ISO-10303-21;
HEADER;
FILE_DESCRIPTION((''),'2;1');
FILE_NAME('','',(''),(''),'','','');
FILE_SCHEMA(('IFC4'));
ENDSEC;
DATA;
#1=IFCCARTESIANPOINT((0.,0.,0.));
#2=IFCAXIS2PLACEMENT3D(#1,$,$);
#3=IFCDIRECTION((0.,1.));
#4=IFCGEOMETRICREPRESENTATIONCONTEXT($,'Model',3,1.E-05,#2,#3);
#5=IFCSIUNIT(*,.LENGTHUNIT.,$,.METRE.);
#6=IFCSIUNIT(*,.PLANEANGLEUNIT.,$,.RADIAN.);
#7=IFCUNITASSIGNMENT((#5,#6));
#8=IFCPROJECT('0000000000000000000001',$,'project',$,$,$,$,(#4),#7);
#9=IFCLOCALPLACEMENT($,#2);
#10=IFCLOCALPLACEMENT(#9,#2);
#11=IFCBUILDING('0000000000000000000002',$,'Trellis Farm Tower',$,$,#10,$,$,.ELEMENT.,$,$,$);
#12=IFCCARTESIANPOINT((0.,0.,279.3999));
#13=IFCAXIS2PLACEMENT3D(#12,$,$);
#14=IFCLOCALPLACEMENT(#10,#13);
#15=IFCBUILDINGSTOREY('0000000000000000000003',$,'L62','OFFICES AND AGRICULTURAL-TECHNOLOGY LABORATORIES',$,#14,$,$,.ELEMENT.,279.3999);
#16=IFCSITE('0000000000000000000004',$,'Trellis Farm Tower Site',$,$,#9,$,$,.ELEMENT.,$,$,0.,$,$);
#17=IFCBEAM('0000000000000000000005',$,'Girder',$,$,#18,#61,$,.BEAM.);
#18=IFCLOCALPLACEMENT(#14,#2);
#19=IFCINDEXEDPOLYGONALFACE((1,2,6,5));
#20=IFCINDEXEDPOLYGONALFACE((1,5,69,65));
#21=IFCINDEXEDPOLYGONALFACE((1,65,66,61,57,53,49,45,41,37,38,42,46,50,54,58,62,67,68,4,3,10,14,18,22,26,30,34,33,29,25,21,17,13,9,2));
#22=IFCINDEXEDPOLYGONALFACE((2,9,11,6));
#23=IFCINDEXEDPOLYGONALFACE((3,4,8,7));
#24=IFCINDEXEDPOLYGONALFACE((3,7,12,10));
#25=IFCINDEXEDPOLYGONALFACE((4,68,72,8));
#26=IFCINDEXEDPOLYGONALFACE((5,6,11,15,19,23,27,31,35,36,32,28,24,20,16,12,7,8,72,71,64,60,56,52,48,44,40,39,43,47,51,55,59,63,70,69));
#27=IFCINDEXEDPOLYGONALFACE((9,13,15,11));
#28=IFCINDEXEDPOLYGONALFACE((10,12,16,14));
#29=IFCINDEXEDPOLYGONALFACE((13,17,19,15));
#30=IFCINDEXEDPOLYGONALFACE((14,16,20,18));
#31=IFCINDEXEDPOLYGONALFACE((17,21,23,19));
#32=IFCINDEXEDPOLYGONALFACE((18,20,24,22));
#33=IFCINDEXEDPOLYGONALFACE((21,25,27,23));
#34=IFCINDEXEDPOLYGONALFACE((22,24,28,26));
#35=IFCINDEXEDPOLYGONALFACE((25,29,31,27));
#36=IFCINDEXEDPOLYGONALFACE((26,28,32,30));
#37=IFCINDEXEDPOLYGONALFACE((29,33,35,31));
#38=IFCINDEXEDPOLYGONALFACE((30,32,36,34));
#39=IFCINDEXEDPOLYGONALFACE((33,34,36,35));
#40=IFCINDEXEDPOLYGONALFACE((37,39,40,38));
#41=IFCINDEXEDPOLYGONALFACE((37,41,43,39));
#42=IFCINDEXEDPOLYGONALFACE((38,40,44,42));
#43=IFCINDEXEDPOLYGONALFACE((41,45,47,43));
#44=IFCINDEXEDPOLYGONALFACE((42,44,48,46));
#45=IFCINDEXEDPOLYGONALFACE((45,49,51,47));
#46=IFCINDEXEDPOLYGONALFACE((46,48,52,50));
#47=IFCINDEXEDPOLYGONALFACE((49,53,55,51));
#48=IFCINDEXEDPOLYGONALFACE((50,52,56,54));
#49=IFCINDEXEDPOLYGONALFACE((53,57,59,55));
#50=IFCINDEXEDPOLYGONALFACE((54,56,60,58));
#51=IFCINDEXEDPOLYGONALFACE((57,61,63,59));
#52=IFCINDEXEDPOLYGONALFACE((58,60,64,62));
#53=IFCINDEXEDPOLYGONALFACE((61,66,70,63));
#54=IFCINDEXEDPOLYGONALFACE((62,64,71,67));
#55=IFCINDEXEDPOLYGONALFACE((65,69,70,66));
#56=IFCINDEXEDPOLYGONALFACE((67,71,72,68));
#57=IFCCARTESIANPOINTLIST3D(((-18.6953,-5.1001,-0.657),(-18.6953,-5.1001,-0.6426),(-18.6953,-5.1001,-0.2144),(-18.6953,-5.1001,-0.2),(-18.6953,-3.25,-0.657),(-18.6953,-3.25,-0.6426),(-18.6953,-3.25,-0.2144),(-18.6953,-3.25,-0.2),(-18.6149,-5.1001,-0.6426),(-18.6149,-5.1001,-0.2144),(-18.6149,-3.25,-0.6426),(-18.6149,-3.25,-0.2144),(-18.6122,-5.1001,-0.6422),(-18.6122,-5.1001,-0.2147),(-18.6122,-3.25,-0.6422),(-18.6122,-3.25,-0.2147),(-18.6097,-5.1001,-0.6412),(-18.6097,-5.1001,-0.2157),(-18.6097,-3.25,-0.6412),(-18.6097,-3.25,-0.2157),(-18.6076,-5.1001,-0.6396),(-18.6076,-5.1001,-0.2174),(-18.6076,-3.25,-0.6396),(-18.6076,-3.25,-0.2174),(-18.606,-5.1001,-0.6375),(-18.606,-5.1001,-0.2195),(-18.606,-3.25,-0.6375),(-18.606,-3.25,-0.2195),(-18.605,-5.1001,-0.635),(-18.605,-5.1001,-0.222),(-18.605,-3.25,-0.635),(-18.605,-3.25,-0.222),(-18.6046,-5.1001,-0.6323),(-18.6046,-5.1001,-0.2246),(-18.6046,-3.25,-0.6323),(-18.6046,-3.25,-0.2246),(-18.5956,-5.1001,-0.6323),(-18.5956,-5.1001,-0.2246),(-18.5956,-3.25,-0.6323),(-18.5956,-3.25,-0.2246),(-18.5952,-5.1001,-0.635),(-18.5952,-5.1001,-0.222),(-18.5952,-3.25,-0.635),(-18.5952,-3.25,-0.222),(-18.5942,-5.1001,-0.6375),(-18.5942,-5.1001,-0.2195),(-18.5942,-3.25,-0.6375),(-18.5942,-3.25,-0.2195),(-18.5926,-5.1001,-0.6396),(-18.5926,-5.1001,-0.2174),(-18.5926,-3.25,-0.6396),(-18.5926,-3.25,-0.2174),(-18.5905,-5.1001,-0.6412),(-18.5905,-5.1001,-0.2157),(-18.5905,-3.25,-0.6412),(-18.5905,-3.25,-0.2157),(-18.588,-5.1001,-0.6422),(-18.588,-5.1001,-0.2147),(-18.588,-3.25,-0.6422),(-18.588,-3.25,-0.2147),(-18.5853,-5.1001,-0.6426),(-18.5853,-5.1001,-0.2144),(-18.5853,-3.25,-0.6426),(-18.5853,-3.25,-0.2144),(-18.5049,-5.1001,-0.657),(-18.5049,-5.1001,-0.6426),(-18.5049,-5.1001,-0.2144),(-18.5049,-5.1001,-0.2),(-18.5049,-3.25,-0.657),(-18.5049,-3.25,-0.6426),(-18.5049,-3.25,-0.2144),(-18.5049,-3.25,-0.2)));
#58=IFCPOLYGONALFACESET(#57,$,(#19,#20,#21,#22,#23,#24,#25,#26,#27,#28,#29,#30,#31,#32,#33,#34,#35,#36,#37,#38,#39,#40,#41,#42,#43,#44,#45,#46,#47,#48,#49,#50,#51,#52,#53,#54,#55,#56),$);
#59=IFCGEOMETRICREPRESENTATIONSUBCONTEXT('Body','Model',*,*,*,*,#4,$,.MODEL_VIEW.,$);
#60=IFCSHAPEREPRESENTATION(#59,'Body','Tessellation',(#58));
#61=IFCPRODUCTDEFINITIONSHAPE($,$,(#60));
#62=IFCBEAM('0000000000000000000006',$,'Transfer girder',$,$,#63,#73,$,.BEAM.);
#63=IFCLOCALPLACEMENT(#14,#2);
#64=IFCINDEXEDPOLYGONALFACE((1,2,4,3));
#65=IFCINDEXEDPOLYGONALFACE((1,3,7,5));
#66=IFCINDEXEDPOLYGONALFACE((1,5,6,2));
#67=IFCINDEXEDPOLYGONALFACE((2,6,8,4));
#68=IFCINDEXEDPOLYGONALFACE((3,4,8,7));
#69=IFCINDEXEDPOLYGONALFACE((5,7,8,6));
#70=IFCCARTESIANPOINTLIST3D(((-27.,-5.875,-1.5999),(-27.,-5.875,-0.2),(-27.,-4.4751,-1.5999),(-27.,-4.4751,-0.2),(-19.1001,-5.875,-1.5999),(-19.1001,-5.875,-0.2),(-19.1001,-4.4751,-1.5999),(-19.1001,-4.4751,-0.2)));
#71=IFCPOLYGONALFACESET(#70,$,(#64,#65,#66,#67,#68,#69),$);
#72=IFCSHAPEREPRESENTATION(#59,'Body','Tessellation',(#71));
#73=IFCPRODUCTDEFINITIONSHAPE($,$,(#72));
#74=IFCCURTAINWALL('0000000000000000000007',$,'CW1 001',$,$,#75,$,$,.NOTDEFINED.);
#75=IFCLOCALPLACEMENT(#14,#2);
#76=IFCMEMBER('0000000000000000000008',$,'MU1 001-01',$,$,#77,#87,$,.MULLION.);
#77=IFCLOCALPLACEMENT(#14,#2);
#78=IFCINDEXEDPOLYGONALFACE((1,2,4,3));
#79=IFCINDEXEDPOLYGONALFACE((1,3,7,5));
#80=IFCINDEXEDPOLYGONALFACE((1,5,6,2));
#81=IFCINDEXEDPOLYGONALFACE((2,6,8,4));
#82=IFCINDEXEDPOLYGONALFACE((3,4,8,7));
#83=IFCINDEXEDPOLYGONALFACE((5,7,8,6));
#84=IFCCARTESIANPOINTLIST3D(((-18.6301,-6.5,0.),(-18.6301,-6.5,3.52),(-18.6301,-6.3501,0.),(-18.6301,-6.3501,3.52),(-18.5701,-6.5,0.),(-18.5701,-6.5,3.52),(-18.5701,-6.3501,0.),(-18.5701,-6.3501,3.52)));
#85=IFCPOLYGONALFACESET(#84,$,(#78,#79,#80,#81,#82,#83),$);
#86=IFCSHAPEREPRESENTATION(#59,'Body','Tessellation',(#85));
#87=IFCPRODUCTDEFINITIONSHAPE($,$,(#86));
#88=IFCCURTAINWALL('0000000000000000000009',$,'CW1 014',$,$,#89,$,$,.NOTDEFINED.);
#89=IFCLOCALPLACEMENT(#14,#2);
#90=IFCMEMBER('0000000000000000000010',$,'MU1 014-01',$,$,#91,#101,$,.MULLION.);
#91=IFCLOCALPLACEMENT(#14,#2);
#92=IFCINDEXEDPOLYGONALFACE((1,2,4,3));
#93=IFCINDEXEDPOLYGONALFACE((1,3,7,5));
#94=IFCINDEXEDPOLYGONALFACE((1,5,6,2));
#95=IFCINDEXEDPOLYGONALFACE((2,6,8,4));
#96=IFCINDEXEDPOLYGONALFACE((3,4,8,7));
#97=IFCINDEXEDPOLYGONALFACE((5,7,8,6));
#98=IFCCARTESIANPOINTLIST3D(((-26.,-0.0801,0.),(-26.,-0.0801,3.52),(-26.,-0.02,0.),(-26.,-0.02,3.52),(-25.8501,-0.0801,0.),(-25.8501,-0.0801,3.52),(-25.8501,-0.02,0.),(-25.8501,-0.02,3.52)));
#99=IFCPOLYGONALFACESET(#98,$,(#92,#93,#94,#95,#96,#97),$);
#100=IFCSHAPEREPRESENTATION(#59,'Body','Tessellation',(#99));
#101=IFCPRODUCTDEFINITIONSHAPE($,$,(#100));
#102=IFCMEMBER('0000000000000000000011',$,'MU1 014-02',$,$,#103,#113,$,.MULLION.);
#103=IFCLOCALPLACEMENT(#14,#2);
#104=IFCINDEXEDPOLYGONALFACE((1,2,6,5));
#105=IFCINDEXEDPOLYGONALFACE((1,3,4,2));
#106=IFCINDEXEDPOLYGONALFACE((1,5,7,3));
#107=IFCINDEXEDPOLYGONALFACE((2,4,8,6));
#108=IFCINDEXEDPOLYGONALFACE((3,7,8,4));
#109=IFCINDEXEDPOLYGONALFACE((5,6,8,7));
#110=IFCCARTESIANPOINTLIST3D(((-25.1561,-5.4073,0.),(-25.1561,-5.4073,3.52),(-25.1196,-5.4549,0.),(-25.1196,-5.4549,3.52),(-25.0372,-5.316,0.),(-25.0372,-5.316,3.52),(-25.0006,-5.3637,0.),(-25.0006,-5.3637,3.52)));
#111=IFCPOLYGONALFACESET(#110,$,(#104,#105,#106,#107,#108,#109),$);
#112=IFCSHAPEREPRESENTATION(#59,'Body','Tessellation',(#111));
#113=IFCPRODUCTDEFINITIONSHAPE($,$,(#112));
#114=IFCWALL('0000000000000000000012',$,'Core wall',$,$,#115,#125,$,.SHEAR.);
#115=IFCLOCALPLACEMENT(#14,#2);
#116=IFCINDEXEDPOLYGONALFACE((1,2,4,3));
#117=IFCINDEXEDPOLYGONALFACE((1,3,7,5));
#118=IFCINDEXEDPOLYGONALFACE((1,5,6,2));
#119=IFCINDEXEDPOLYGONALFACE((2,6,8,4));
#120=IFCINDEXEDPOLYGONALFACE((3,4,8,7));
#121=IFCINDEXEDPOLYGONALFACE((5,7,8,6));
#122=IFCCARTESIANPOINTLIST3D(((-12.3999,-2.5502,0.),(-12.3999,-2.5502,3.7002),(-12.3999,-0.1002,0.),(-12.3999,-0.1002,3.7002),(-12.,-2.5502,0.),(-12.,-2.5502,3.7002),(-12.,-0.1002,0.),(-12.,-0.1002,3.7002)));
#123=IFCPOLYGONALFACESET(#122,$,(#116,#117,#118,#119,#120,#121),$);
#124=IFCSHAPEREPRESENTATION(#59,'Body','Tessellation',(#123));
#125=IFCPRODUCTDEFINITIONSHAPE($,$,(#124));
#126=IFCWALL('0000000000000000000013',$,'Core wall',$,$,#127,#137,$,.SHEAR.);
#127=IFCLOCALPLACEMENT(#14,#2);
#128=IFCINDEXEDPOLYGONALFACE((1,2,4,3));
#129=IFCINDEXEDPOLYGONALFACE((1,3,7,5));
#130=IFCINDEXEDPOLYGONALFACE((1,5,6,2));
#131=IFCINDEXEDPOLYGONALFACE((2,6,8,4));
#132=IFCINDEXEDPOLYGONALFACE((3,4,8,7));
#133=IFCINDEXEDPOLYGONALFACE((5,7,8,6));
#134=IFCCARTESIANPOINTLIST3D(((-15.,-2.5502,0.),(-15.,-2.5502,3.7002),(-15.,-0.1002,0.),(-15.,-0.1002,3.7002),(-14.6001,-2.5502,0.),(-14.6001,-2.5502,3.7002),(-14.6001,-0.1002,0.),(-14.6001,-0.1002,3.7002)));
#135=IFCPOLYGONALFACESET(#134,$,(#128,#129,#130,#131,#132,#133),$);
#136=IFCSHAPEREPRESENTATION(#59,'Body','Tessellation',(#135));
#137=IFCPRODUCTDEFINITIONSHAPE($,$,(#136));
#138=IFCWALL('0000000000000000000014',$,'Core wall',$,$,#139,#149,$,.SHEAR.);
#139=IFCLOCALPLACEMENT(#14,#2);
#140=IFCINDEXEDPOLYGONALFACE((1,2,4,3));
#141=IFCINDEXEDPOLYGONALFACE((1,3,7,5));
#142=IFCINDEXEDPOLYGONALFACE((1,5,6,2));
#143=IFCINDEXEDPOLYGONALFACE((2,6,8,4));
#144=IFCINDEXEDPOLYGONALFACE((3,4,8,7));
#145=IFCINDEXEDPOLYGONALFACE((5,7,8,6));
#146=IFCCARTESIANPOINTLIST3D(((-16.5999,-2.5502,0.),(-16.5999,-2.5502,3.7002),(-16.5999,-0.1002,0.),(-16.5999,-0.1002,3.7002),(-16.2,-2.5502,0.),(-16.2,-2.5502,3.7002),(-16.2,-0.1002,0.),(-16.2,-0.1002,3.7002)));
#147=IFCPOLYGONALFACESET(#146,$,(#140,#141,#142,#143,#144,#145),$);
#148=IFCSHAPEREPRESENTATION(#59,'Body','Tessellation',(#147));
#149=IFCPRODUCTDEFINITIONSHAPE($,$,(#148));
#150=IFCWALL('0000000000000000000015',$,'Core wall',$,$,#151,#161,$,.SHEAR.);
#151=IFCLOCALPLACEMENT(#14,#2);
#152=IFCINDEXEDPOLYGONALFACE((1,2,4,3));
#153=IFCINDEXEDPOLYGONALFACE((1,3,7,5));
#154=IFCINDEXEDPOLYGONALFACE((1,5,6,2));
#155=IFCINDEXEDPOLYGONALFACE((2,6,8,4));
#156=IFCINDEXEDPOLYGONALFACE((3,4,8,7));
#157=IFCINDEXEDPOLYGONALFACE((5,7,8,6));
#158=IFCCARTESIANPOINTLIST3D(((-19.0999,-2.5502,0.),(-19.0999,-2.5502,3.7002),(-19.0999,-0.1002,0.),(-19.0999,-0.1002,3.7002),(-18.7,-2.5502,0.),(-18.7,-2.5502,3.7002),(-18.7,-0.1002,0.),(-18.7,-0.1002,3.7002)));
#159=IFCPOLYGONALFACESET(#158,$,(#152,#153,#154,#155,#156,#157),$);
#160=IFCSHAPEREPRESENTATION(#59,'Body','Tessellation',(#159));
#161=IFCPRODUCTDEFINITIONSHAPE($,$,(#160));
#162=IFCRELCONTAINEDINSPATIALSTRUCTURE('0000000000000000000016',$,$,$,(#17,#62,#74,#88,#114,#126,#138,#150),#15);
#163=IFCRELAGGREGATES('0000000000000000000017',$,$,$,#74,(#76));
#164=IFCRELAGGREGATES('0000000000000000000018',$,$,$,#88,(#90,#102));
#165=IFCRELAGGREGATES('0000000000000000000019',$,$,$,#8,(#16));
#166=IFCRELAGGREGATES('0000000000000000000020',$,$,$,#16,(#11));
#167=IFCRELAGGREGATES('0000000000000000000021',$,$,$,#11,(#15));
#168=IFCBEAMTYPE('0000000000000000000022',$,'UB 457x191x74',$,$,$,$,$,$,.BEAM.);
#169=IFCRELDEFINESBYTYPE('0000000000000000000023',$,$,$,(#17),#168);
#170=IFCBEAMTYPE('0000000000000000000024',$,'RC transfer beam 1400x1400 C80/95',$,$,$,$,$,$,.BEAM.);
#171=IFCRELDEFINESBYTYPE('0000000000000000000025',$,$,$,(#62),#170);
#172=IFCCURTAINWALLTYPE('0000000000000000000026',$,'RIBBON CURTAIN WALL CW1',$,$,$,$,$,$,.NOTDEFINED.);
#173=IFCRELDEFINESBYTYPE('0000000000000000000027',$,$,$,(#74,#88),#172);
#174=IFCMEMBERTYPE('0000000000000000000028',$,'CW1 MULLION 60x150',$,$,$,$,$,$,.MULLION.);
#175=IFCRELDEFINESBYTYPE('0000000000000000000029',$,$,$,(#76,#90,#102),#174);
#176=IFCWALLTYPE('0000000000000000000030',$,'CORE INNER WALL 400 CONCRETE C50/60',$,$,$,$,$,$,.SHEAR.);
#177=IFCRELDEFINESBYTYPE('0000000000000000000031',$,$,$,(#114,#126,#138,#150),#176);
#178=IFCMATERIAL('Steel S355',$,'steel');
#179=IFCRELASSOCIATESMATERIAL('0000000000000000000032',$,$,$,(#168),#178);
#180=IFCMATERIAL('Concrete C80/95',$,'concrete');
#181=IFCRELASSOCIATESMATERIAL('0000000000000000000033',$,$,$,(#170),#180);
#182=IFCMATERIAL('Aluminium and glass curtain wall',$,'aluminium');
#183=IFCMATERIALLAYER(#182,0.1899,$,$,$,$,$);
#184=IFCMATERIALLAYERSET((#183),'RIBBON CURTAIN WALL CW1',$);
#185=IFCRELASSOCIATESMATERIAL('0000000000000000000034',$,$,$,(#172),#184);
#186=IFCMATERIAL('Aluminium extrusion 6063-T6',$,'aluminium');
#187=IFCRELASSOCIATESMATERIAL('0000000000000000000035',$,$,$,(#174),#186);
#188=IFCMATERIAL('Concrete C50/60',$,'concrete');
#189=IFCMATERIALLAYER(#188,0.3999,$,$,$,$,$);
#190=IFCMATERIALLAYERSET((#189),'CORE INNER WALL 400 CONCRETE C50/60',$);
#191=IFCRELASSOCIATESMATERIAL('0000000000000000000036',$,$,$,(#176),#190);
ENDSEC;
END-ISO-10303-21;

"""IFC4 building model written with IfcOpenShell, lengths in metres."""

from ifc_helpers import new_model, si_unit, direction, frame, frame_2d, origin, origin_2d, place, context, subcontext, project, spatial, rectangle, i_section, extrude, source, transform, mapped, material, layer, layer_set, material_profile, profile_set, type_object, element, aggregate, save


model = new_model("IFC4")

# Units and contexts
model_context = context("Model", 3, precision=1e-05, world=origin(), true_north=direction((0.0, 1.0)))
body_context = subcontext(model_context, "Body", "Model", "MODEL_VIEW")
ifc_project = project(units=[si_unit("LENGTHUNIT", "METRE"), si_unit("PLANEANGLEUNIT", "RADIAN")], contexts=[model_context])

# Site, building, storey
site_placement = place(None, origin())
site = spatial("IfcSite", under=ifc_project, at=site_placement, Name="Trellis Farm Tower Site", CompositionType="ELEMENT", RefElevation=0.0)
building_placement = place(site_placement, origin())
building = spatial("IfcBuilding", under=site, at=building_placement, Name="Trellis Farm Tower", CompositionType="ELEMENT")
storey_placement = place(building_placement, frame((0.0, 0.0, 279.3999)))
storey = spatial("IfcBuildingStorey", under=building, at=storey_placement, Name="L62", Description="OFFICES AND AGRICULTURAL-TECHNOLOGY LABORATORIES", CompositionType="ELEMENT", Elevation=279.3999)

# Beams
ifc_material_1 = material(Name="Steel S355", Category="steel")
ifc_material_profile_1 = material_profile(ifc_material_1, i_section(OverallWidth=0.1904, OverallDepth=0.457, WebThickness=0.009, FlangeThickness=0.0144, FilletRadius=0.0103, at=origin_2d()), Name="UB 457x191x74")
ifc_profile_set_1 = profile_set([ifc_material_profile_1], Name="Steel S355")
beam_type_1 = type_object("IfcBeamType", Name="UB 457x191x74", PredefinedType="BEAM", material=ifc_profile_set_1)
shared_shape_1 = source(origin(), body_context, "Body", "SweptSolid", [
    extrude(i_section(OverallWidth=0.1904, OverallDepth=0.457, WebThickness=0.009, FlangeThickness=0.0144, FilletRadius=0.0103, at=origin_2d()), origin(), (0.0, 0.0, 1.0), 1.8501),
])
beam_1_placement = place(storey_placement, frame((-18.6001, -5.1001, -0.4285), z_axis=(0.0, 1.0, 0.0), x_axis=(-1.0, 0.0, 0.0)))
element("IfcBeam", 1, at=beam_1_placement, inside=storey, type_object=beam_type_1, Name="Girder", PredefinedType="BEAM", context=body_context, shape_type="MappedRepresentation", body=[
    mapped(shared_shape_1, transform((0.0, 0.0, 0.0))),
])
ifc_material_2 = material(Name="Concrete C80/95", Category="concrete")
ifc_material_profile_2 = material_profile(ifc_material_2, rectangle(XDim=1.3999, YDim=1.3999, at=origin_2d()), Name="RC transfer beam 1400x1400 C80/95")
ifc_profile_set_2 = profile_set([ifc_material_profile_2], Name="Concrete C80/95")
beam_type_2 = type_object("IfcBeamType", Name="RC transfer beam 1400x1400 C80/95", PredefinedType="BEAM", material=ifc_profile_set_2)
shared_shape_2 = source(origin(), body_context, "Body", "SweptSolid", [
    extrude(rectangle(XDim=1.3999, YDim=1.3999, at=origin_2d()), origin(), (0.0, 0.0, 1.0), 7.8999),
])
beam_2_placement = place(storey_placement, frame((-27.0, -5.175, -0.8999), z_axis=(1.0, 0.0, 0.0), x_axis=(0.0, 1.0, 0.0)))
element("IfcBeam", 2, at=beam_2_placement, inside=storey, type_object=beam_type_2, Name="Transfer girder", PredefinedType="BEAM", context=body_context, shape_type="MappedRepresentation", body=[
    mapped(shared_shape_2, transform((0.0, 0.0, 0.0))),
])

# Curtain wall, member
ifc_material_3 = material(Name="Aluminium and glass curtain wall", Category="aluminium")
ifc_layer_1 = layer(ifc_material_3, 0.1899)
ifc_layer_set_1 = layer_set([ifc_layer_1], Name="RIBBON CURTAIN WALL CW1")
curtain_wall_type = type_object("IfcCurtainWallType", Name="RIBBON CURTAIN WALL CW1", PredefinedType="NOTDEFINED", material=ifc_layer_set_1)
placement = place(storey_placement, origin())
curtain_wall_1 = element("IfcCurtainWall", 3, at=placement, inside=storey, type_object=curtain_wall_type, Name="CW1 001", PredefinedType="NOTDEFINED")
ifc_material_4 = material(Name="Aluminium extrusion 6063-T6", Category="aluminium")
ifc_material_profile_3 = material_profile(ifc_material_4, rectangle(XDim=0.0601, YDim=0.1499, at=origin_2d()), Name="MULLION 60x150")
ifc_profile_set_3 = profile_set([ifc_material_profile_3], Name="Aluminium extrusion 6063-T6")
member_type = type_object("IfcMemberType", Name="CW1 MULLION 60x150", PredefinedType="MULLION", material=ifc_profile_set_3)
shared_shape_3 = source(origin(), body_context, "Body", "SweptSolid", [
    extrude(rectangle(XDim=0.0601, YDim=0.1499, at=origin_2d()), origin(), (0.0, 0.0, 1.0), 3.52),
])
member_1_placement = place(storey_placement, frame((-18.6001, -6.425, 0.0), z_axis=(0.0, 0.0, 1.0), x_axis=(1.0, 0.0, 0.0)))
member_1 = element("IfcMember", 4, at=member_1_placement, type_object=member_type, Name="MU1 001-01", PredefinedType="MULLION", context=body_context, shape_type="MappedRepresentation", body=[
    mapped(shared_shape_3, transform((0.0, 0.0, 0.0))),
])
aggregate(curtain_wall_1, [member_1])

# Curtain wall, members
curtain_wall_2 = element("IfcCurtainWall", 5, at=placement, inside=storey, type_object=curtain_wall_type, Name="CW1 014", PredefinedType="NOTDEFINED")
member_2_placement = place(storey_placement, frame((-25.925, -0.05, 0.0), z_axis=(0.0, 0.0, 1.0), x_axis=(0.0, -1.0, 0.0)))
member_2 = element("IfcMember", 6, at=member_2_placement, type_object=member_type, Name="MU1 014-01", PredefinedType="MULLION", context=body_context, shape_type="MappedRepresentation", body=[
    mapped(shared_shape_3, transform((0.0, 0.0, 0.0))),
])
member_3_placement = place(storey_placement, frame((-25.0784, -5.3855, 0.0), z_axis=(0.0, 0.0, 1.0), x_axis=(0.608761, -0.793353, 0.0)))
member_3 = element("IfcMember", 7, at=member_3_placement, type_object=member_type, Name="MU1 014-02", PredefinedType="MULLION", context=body_context, shape_type="MappedRepresentation", body=[
    mapped(shared_shape_3, transform((0.0, 0.0, 0.0))),
])
aggregate(curtain_wall_2, [member_2, member_3])

# Walls
ifc_material_5 = material(Name="Concrete C50/60", Category="concrete")
ifc_layer_2 = layer(ifc_material_5, 0.3999)
ifc_layer_set_2 = layer_set([ifc_layer_2], Name="CORE INNER WALL 400 CONCRETE C50/60")
wall_type_1 = type_object("IfcWallType", Name="CORE INNER WALL 400 CONCRETE C50/60", PredefinedType="SHEAR", material=ifc_layer_set_2)
shared_shape_4 = source(origin(), body_context, "Body", "SweptSolid", [
    extrude(rectangle(XDim=2.45, YDim=0.3999, at=frame_2d((1.2251, 0.0))), origin(), (0.0, 0.0, 1.0), 3.7002),
])
for number, where, z_axis, x_axis, name in (
    (8, (-12.2, -0.1001, 0.0), (0.0, 0.0, 1.0), (0.0, -1.0, 0.0), "Core wall"),
    (9, (-14.8, -0.1001, 0.0), (0.0, 0.0, 1.0), (0.0, -1.0, 0.0), "Core wall"),
    (10, (-16.3999, -0.1001, 0.0), (0.0, 0.0, 1.0), (0.0, -1.0, 0.0), "Core wall"),
    (11, (-18.8999, -0.1001, 0.0), (0.0, 0.0, 1.0), (0.0, -1.0, 0.0), "Core wall"),
):
    element("IfcWall", number, at=place(storey_placement, frame(where, z_axis=z_axis, x_axis=x_axis)), inside=storey, type_object=wall_type_1, Name=name, PredefinedType="SHEAR", context=body_context, shape_type="MappedRepresentation", body=[
        mapped(shared_shape_4, transform((0.0, 0.0, 0.0))),
    ])

save(model, "model.ifc")
